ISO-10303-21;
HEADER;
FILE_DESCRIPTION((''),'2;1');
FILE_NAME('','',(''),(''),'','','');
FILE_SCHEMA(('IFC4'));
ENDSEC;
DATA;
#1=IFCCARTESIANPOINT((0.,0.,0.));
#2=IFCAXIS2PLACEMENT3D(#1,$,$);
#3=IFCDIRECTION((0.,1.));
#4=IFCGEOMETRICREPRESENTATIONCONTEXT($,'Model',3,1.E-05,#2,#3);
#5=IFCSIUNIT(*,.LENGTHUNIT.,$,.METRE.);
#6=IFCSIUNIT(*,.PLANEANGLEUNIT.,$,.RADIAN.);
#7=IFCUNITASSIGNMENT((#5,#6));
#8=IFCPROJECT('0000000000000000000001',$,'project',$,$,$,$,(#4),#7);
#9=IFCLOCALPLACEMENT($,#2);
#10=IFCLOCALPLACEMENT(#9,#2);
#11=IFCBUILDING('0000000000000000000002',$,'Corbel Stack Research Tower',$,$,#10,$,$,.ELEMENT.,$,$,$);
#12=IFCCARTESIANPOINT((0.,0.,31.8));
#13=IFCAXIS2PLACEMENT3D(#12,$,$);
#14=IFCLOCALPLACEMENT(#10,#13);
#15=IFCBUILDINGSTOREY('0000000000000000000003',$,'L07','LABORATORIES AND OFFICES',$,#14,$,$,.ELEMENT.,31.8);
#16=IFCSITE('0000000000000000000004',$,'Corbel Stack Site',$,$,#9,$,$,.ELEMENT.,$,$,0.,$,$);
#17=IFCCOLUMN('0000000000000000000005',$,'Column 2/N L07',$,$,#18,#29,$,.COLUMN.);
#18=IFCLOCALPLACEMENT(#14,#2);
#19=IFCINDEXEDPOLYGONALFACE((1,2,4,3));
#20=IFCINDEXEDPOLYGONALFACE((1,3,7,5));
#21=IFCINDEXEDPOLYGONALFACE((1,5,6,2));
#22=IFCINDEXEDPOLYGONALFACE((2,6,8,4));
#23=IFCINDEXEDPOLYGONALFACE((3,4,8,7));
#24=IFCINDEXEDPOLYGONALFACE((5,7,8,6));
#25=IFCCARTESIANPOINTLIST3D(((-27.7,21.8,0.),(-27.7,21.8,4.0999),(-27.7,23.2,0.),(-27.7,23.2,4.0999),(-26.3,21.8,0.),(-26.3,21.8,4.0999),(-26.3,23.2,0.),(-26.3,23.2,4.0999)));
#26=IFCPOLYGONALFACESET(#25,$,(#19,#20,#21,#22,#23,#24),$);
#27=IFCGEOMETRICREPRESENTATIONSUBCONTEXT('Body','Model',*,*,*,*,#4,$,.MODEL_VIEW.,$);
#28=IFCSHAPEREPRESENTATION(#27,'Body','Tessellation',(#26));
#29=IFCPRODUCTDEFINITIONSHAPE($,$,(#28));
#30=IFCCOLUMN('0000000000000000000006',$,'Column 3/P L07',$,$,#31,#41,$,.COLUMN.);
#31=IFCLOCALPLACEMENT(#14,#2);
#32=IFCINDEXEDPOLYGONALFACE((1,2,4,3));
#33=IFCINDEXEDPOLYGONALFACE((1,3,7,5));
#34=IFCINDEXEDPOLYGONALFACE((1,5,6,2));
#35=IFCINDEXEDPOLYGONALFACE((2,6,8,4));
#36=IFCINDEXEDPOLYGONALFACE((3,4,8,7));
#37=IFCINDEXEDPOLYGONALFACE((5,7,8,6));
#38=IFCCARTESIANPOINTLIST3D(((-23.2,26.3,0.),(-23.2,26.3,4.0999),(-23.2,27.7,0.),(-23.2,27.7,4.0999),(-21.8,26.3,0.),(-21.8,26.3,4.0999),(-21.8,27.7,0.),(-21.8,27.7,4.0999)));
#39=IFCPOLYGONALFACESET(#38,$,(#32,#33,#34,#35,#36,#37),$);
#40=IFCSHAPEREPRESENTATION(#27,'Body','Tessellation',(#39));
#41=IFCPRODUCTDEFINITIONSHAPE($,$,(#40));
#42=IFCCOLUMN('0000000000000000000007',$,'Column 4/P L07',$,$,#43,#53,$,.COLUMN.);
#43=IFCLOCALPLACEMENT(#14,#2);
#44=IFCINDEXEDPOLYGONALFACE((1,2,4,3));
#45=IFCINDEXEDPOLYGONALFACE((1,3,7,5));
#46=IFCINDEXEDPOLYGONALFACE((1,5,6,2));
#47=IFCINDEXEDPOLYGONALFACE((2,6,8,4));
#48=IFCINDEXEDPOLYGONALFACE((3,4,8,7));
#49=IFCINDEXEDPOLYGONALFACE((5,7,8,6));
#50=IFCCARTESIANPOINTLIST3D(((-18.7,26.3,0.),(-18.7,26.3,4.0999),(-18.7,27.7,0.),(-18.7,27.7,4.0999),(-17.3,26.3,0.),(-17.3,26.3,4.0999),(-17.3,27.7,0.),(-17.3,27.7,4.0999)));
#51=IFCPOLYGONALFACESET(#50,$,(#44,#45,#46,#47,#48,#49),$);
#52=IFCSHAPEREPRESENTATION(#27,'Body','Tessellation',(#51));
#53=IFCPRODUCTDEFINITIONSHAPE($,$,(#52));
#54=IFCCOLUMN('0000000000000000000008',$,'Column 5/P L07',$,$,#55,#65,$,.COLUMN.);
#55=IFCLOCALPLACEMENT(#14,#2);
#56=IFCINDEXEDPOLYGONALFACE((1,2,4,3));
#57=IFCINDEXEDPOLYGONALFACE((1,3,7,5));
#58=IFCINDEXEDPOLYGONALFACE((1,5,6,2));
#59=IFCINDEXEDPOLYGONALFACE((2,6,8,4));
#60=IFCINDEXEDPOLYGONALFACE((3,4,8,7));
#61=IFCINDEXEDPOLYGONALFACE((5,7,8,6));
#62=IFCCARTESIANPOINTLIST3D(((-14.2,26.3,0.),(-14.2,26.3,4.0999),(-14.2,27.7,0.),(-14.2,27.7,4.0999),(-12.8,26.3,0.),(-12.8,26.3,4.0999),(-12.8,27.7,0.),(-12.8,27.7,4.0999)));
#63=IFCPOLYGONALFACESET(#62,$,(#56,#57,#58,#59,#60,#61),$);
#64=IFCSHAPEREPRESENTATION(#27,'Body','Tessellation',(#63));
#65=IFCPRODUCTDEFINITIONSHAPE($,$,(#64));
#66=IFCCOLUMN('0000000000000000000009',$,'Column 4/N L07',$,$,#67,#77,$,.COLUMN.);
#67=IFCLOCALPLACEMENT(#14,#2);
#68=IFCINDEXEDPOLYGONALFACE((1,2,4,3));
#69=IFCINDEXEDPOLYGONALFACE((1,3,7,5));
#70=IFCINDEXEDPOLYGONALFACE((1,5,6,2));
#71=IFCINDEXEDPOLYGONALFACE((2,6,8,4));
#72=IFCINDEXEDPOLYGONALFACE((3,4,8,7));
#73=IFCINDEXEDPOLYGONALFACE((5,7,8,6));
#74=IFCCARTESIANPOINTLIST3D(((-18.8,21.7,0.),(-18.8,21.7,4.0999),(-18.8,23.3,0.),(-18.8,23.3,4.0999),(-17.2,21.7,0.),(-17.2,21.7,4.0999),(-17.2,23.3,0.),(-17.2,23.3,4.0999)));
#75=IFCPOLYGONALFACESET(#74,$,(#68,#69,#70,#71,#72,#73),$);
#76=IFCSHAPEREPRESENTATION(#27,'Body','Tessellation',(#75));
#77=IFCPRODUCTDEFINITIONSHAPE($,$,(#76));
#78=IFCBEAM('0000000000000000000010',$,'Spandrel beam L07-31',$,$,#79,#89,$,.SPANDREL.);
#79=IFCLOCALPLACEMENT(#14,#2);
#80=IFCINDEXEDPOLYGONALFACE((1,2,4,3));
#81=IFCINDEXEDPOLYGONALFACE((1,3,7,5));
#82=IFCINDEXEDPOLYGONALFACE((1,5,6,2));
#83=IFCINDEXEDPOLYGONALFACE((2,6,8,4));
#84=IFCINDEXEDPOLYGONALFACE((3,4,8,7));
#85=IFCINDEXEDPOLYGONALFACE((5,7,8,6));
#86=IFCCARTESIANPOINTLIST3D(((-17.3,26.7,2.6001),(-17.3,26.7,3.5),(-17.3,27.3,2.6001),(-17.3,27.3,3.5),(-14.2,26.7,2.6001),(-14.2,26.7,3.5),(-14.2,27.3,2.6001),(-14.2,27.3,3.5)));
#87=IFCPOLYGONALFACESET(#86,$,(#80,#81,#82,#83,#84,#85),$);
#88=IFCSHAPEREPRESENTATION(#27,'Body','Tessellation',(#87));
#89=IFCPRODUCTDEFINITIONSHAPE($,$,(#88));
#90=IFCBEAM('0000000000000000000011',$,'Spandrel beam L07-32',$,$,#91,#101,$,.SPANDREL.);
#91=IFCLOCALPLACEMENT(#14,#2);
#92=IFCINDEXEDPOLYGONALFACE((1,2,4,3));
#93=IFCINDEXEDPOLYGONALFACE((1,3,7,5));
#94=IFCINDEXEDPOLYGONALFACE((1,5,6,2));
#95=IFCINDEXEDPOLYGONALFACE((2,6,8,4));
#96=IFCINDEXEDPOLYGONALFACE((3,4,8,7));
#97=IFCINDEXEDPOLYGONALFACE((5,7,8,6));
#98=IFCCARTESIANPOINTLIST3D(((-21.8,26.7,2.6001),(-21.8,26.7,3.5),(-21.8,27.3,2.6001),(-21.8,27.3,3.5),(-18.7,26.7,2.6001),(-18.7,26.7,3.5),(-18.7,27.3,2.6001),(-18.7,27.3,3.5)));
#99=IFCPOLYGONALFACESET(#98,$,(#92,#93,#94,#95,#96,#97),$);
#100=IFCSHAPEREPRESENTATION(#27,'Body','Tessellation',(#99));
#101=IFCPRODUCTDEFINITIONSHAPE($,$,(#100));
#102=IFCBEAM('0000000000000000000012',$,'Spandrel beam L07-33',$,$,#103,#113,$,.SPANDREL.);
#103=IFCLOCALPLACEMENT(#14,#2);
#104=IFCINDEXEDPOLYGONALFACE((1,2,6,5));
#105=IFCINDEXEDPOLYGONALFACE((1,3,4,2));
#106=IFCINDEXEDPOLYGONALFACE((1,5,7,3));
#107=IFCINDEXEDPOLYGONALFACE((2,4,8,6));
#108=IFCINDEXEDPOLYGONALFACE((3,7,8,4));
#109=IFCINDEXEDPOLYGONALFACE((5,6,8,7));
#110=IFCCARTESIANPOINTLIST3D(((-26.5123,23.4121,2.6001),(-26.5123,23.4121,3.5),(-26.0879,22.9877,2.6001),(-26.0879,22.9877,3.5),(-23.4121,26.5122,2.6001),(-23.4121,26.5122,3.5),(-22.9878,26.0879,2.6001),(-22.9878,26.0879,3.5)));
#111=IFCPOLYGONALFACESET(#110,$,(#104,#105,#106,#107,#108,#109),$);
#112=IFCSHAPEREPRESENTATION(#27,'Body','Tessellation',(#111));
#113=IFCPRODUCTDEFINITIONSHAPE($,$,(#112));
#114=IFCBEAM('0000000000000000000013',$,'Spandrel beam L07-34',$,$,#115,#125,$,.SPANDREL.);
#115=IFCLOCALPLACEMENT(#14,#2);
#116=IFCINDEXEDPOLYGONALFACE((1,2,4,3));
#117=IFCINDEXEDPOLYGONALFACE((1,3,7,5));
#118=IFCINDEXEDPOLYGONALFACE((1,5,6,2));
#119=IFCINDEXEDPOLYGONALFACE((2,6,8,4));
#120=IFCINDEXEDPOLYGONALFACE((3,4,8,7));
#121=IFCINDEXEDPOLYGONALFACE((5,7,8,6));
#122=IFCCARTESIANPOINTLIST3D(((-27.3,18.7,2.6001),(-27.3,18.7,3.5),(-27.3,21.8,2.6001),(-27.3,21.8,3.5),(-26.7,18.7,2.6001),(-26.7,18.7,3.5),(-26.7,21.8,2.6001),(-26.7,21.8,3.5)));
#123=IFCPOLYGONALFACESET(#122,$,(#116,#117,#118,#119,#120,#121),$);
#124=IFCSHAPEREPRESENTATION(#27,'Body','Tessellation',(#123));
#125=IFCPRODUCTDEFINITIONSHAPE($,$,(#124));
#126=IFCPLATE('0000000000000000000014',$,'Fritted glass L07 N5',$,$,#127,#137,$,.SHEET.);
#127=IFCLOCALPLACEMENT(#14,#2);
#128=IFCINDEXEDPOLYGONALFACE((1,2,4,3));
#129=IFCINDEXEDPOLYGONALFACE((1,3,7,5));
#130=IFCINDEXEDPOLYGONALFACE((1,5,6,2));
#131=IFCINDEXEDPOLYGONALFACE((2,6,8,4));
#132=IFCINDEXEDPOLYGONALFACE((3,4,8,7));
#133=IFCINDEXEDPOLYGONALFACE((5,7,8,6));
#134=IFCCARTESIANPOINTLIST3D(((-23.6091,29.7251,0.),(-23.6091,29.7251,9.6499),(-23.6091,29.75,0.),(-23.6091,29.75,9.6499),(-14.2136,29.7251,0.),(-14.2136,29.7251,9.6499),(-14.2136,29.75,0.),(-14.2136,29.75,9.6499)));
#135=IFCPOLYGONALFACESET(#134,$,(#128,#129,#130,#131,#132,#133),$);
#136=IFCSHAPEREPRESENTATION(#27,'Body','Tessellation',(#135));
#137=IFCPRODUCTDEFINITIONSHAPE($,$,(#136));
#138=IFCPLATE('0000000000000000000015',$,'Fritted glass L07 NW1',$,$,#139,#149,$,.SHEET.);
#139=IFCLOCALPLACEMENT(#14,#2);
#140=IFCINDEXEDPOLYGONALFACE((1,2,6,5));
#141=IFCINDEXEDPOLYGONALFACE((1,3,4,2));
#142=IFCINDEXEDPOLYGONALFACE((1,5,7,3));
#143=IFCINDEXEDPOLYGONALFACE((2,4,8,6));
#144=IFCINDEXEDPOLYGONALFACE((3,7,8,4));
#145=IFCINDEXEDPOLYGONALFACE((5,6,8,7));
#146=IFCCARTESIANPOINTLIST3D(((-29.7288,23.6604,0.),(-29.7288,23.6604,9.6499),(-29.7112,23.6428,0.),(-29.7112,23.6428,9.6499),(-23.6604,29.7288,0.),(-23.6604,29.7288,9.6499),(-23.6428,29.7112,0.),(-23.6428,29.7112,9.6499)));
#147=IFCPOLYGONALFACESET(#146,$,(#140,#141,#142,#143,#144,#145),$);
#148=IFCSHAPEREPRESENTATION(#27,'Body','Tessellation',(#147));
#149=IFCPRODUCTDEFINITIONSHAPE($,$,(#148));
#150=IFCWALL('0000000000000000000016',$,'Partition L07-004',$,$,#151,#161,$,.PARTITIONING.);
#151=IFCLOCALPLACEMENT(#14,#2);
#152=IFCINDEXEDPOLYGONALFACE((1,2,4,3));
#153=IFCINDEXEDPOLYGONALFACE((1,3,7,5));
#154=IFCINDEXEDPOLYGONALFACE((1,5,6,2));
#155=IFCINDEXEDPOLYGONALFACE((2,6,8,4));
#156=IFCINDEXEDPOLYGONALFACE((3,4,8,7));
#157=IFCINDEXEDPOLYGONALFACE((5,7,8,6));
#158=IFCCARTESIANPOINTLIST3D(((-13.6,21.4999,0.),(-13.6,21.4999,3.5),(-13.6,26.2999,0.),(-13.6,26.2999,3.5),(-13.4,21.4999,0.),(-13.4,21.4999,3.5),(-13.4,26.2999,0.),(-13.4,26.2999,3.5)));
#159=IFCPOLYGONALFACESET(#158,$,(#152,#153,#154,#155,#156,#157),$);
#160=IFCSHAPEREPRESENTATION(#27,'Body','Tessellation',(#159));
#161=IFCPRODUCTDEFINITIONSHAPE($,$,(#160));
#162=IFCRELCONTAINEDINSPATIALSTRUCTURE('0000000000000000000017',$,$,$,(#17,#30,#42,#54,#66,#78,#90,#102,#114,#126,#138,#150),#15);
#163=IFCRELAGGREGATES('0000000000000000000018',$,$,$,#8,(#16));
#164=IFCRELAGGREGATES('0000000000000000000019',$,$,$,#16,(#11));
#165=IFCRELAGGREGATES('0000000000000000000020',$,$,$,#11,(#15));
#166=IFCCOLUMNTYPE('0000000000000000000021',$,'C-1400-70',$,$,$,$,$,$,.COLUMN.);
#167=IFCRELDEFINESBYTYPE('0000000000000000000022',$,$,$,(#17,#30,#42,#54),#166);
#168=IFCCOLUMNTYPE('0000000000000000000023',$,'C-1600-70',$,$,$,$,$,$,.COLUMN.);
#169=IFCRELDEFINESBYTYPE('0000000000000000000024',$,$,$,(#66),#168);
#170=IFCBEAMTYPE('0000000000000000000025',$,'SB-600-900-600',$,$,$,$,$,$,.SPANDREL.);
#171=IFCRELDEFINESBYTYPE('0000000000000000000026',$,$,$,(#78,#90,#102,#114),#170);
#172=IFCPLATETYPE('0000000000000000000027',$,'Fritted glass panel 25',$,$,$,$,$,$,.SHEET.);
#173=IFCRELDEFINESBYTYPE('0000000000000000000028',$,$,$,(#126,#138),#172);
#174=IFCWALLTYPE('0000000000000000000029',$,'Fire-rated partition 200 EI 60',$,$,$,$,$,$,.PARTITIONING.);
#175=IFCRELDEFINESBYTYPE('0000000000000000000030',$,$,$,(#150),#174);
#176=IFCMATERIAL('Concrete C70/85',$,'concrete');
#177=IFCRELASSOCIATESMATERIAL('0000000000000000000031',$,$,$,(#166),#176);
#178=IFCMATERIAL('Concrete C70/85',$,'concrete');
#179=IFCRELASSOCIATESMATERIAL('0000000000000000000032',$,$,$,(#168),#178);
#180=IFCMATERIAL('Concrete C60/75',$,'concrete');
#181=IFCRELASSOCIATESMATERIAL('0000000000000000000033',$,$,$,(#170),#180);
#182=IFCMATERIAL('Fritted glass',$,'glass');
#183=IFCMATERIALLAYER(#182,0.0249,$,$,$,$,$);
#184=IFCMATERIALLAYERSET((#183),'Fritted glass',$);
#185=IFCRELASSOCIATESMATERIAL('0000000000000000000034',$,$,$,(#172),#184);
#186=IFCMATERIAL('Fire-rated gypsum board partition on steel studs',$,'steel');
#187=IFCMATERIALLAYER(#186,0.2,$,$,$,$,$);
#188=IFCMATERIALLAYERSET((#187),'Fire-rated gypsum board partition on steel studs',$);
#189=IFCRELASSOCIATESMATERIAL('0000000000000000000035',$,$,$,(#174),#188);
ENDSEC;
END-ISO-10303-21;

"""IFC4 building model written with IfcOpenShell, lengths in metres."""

from ifc_helpers import new_model, si_unit, direction, frame, frame_2d, origin, origin_2d, place, context, subcontext, project, spatial, rectangle, extrude, material, layer, layer_set, material_profile, profile_set, type_object, element, save


model = new_model("IFC4")

# Units and contexts
model_context = context("Model", 3, precision=1e-05, world=origin(), true_north=direction((0.0, 1.0)))
body_context = subcontext(model_context, "Body", "Model", "MODEL_VIEW")
ifc_project = project(units=[si_unit("LENGTHUNIT", "METRE"), si_unit("PLANEANGLEUNIT", "RADIAN")], contexts=[model_context])

# Site, building, storey
site_placement = place(None, origin())
site = spatial("IfcSite", under=ifc_project, at=site_placement, Name="Corbel Stack Site", CompositionType="ELEMENT", RefElevation=0.0)
building_placement = place(site_placement, origin())
building = spatial("IfcBuilding", under=site, at=building_placement, Name="Corbel Stack Research Tower", CompositionType="ELEMENT")
storey_placement = place(building_placement, frame((0.0, 0.0, 31.8)))
storey = spatial("IfcBuildingStorey", under=building, at=storey_placement, Name="L07", Description="LABORATORIES AND OFFICES", CompositionType="ELEMENT", Elevation=31.8)

# Columns
ifc_material_1 = material(Name="Concrete C70/85", Category="concrete")
ifc_material_profile_1 = material_profile(ifc_material_1, rectangle(XDim=1.3999, YDim=1.3999, at=origin_2d()), Name="RC 1400 x 1400")
ifc_profile_set_1 = profile_set([ifc_material_profile_1], Name="Concrete C70/85")
column_type_1 = type_object("IfcColumnType", Name="C-1400-70", PredefinedType="COLUMN", material=ifc_profile_set_1)
for number, where, z_axis, x_axis, name in (
    (1, (-27.0, 22.5, 0.0), (0.0, 0.0, 1.0), (1.0, 0.0, 0.0), "Column 2/N L07"),
    (2, (-22.5, 27.0, 0.0), (0.0, 0.0, 1.0), (1.0, 0.0, 0.0), "Column 3/P L07"),
    (3, (-18.0, 27.0, 0.0), (0.0, 0.0, 1.0), (1.0, 0.0, 0.0), "Column 4/P L07"),
    (4, (-13.5, 27.0, 0.0), (0.0, 0.0, 1.0), (1.0, 0.0, 0.0), "Column 5/P L07"),
):
    element("IfcColumn", number, at=place(storey_placement, frame(where, z_axis=z_axis, x_axis=x_axis)), inside=storey, type_object=column_type_1, Name=name, PredefinedType="COLUMN", context=body_context, shape_type="SweptSolid", body=[
        extrude(rectangle(XDim=1.3999, YDim=1.3999, at=origin_2d()), origin(), (0.0, 0.0, 1.0), 4.0999),
    ])
ifc_material_2 = material(Name="Concrete C70/85", Category="concrete")
ifc_material_profile_2 = material_profile(ifc_material_2, rectangle(XDim=1.6001, YDim=1.6001, at=origin_2d()), Name="RC 1600 x 1600")
ifc_profile_set_2 = profile_set([ifc_material_profile_2], Name="Concrete C70/85")
column_type_2 = type_object("IfcColumnType", Name="C-1600-70", PredefinedType="COLUMN", material=ifc_profile_set_2)
column_placement = place(storey_placement, frame((-18.0, 22.5, 0.0), z_axis=(0.0, 0.0, 1.0), x_axis=(1.0, 0.0, 0.0)))
element("IfcColumn", 5, at=column_placement, inside=storey, type_object=column_type_2, Name="Column 4/N L07", PredefinedType="COLUMN", context=body_context, shape_type="SweptSolid", body=[
    extrude(rectangle(XDim=1.6001, YDim=1.6001, at=origin_2d()), origin(), (0.0, 0.0, 1.0), 4.0999),
])

# Beams
ifc_material_3 = material(Name="Concrete C60/75", Category="concrete")
ifc_material_profile_3 = material_profile(ifc_material_3, rectangle(XDim=0.6001, YDim=0.8999, at=origin_2d()), Name="RC 600 x 900")
ifc_profile_set_3 = profile_set([ifc_material_profile_3], Name="Concrete C60/75")
beam_type = type_object("IfcBeamType", Name="SB-600-900-600", PredefinedType="SPANDREL", material=ifc_profile_set_3)
for number, where, z_axis, x_axis, name in (
    (6, (-14.2, 27.0, 3.05), (-1.0, 0.0, 0.0), (0.0, -1.0, 0.0), "Spandrel beam L07-31"),
    (7, (-18.7, 27.0, 3.05), (-1.0, 0.0, 0.0), (0.0, -1.0, 0.0), "Spandrel beam L07-32"),
):
    element("IfcBeam", number, at=place(storey_placement, frame(where, z_axis=z_axis, x_axis=x_axis)), inside=storey, type_object=beam_type, Name=name, PredefinedType="SPANDREL", context=body_context, shape_type="SweptSolid", body=[
        extrude(rectangle(XDim=0.6001, YDim=0.8999, at=origin_2d()), origin(), (0.0, 0.0, 1.0), 3.1001),
    ])
beam_1_placement = place(storey_placement, frame((-23.2, 26.3, 3.05), z_axis=(-0.707107, -0.707107, 0.0), x_axis=(0.707107, -0.707107, 0.0)))
element("IfcBeam", 8, at=beam_1_placement, inside=storey, type_object=beam_type, Name="Spandrel beam L07-33", PredefinedType="SPANDREL", context=body_context, shape_type="SweptSolid", body=[
    extrude(rectangle(XDim=0.6001, YDim=0.8999, at=origin_2d()), origin(), (0.0, 0.0, 1.0), 4.3843),
])
beam_2_placement = place(storey_placement, frame((-27.0, 21.8, 3.05), z_axis=(0.0, -1.0, 0.0), x_axis=(1.0, 0.0, 0.0)))
element("IfcBeam", 9, at=beam_2_placement, inside=storey, type_object=beam_type, Name="Spandrel beam L07-34", PredefinedType="SPANDREL", context=body_context, shape_type="SweptSolid", body=[
    extrude(rectangle(XDim=0.6001, YDim=0.8999, at=origin_2d()), origin(), (0.0, 0.0, 1.0), 3.1001),
])

# Plates
ifc_material_4 = material(Name="Fritted glass", Category="glass")
ifc_layer_1 = layer(ifc_material_4, 0.0249)
ifc_layer_set_1 = layer_set([ifc_layer_1], Name="Fritted glass")
plate_type = type_object("IfcPlateType", Name="Fritted glass panel 25", PredefinedType="SHEET", material=ifc_layer_set_1)
plate_1_placement = place(storey_placement, frame((-18.9114, 29.7375, 0.0), z_axis=(0.0, 0.0, 1.0), x_axis=(-1.0, 0.0, 0.0)))
element("IfcPlate", 10, at=plate_1_placement, inside=storey, type_object=plate_type, Name="Fritted glass L07 N5", PredefinedType="SHEET", context=body_context, shape_type="SweptSolid", body=[
    extrude(rectangle(XDim=9.3955, YDim=0.0249, at=origin_2d()), origin(), (0.0, 0.0, 1.0), 9.6499),
])
plate_2_placement = place(storey_placement, frame((-26.6858, 26.6858, 0.0), z_axis=(0.0, 0.0, 1.0), x_axis=(-0.707107, -0.707107, 0.0)))
element("IfcPlate", 11, at=plate_2_placement, inside=storey, type_object=plate_type, Name="Fritted glass L07 NW1", PredefinedType="SHEET", context=body_context, shape_type="SweptSolid", body=[
    extrude(rectangle(XDim=8.582, YDim=0.0249, at=origin_2d()), origin(), (0.0, 0.0, 1.0), 9.6499),
])

# Wall
ifc_material_5 = material(Name="Fire-rated gypsum board partition on steel studs", Category="steel")
ifc_layer_2 = layer(ifc_material_5, 0.2)
ifc_layer_set_2 = layer_set([ifc_layer_2], Name="Fire-rated gypsum board partition on steel studs")
wall_type_1 = type_object("IfcWallType", Name="Fire-rated partition 200 EI 60", PredefinedType="PARTITIONING", material=ifc_layer_set_2)
wall_1_placement = place(storey_placement, frame((-13.5, 21.5, 0.0), z_axis=(0.0, 0.0, 1.0), x_axis=(0.0, 1.0, 0.0)))
element("IfcWall", 12, at=wall_1_placement, inside=storey, type_object=wall_type_1, Name="Partition L07-004", PredefinedType="PARTITIONING", context=body_context, shape_type="SweptSolid", body=[
    extrude(rectangle(XDim=4.8, YDim=0.2, at=frame_2d((2.3999, 0.0))), origin(), (0.0, 0.0, 1.0), 3.5),
])

save(model, "model.ifc")
